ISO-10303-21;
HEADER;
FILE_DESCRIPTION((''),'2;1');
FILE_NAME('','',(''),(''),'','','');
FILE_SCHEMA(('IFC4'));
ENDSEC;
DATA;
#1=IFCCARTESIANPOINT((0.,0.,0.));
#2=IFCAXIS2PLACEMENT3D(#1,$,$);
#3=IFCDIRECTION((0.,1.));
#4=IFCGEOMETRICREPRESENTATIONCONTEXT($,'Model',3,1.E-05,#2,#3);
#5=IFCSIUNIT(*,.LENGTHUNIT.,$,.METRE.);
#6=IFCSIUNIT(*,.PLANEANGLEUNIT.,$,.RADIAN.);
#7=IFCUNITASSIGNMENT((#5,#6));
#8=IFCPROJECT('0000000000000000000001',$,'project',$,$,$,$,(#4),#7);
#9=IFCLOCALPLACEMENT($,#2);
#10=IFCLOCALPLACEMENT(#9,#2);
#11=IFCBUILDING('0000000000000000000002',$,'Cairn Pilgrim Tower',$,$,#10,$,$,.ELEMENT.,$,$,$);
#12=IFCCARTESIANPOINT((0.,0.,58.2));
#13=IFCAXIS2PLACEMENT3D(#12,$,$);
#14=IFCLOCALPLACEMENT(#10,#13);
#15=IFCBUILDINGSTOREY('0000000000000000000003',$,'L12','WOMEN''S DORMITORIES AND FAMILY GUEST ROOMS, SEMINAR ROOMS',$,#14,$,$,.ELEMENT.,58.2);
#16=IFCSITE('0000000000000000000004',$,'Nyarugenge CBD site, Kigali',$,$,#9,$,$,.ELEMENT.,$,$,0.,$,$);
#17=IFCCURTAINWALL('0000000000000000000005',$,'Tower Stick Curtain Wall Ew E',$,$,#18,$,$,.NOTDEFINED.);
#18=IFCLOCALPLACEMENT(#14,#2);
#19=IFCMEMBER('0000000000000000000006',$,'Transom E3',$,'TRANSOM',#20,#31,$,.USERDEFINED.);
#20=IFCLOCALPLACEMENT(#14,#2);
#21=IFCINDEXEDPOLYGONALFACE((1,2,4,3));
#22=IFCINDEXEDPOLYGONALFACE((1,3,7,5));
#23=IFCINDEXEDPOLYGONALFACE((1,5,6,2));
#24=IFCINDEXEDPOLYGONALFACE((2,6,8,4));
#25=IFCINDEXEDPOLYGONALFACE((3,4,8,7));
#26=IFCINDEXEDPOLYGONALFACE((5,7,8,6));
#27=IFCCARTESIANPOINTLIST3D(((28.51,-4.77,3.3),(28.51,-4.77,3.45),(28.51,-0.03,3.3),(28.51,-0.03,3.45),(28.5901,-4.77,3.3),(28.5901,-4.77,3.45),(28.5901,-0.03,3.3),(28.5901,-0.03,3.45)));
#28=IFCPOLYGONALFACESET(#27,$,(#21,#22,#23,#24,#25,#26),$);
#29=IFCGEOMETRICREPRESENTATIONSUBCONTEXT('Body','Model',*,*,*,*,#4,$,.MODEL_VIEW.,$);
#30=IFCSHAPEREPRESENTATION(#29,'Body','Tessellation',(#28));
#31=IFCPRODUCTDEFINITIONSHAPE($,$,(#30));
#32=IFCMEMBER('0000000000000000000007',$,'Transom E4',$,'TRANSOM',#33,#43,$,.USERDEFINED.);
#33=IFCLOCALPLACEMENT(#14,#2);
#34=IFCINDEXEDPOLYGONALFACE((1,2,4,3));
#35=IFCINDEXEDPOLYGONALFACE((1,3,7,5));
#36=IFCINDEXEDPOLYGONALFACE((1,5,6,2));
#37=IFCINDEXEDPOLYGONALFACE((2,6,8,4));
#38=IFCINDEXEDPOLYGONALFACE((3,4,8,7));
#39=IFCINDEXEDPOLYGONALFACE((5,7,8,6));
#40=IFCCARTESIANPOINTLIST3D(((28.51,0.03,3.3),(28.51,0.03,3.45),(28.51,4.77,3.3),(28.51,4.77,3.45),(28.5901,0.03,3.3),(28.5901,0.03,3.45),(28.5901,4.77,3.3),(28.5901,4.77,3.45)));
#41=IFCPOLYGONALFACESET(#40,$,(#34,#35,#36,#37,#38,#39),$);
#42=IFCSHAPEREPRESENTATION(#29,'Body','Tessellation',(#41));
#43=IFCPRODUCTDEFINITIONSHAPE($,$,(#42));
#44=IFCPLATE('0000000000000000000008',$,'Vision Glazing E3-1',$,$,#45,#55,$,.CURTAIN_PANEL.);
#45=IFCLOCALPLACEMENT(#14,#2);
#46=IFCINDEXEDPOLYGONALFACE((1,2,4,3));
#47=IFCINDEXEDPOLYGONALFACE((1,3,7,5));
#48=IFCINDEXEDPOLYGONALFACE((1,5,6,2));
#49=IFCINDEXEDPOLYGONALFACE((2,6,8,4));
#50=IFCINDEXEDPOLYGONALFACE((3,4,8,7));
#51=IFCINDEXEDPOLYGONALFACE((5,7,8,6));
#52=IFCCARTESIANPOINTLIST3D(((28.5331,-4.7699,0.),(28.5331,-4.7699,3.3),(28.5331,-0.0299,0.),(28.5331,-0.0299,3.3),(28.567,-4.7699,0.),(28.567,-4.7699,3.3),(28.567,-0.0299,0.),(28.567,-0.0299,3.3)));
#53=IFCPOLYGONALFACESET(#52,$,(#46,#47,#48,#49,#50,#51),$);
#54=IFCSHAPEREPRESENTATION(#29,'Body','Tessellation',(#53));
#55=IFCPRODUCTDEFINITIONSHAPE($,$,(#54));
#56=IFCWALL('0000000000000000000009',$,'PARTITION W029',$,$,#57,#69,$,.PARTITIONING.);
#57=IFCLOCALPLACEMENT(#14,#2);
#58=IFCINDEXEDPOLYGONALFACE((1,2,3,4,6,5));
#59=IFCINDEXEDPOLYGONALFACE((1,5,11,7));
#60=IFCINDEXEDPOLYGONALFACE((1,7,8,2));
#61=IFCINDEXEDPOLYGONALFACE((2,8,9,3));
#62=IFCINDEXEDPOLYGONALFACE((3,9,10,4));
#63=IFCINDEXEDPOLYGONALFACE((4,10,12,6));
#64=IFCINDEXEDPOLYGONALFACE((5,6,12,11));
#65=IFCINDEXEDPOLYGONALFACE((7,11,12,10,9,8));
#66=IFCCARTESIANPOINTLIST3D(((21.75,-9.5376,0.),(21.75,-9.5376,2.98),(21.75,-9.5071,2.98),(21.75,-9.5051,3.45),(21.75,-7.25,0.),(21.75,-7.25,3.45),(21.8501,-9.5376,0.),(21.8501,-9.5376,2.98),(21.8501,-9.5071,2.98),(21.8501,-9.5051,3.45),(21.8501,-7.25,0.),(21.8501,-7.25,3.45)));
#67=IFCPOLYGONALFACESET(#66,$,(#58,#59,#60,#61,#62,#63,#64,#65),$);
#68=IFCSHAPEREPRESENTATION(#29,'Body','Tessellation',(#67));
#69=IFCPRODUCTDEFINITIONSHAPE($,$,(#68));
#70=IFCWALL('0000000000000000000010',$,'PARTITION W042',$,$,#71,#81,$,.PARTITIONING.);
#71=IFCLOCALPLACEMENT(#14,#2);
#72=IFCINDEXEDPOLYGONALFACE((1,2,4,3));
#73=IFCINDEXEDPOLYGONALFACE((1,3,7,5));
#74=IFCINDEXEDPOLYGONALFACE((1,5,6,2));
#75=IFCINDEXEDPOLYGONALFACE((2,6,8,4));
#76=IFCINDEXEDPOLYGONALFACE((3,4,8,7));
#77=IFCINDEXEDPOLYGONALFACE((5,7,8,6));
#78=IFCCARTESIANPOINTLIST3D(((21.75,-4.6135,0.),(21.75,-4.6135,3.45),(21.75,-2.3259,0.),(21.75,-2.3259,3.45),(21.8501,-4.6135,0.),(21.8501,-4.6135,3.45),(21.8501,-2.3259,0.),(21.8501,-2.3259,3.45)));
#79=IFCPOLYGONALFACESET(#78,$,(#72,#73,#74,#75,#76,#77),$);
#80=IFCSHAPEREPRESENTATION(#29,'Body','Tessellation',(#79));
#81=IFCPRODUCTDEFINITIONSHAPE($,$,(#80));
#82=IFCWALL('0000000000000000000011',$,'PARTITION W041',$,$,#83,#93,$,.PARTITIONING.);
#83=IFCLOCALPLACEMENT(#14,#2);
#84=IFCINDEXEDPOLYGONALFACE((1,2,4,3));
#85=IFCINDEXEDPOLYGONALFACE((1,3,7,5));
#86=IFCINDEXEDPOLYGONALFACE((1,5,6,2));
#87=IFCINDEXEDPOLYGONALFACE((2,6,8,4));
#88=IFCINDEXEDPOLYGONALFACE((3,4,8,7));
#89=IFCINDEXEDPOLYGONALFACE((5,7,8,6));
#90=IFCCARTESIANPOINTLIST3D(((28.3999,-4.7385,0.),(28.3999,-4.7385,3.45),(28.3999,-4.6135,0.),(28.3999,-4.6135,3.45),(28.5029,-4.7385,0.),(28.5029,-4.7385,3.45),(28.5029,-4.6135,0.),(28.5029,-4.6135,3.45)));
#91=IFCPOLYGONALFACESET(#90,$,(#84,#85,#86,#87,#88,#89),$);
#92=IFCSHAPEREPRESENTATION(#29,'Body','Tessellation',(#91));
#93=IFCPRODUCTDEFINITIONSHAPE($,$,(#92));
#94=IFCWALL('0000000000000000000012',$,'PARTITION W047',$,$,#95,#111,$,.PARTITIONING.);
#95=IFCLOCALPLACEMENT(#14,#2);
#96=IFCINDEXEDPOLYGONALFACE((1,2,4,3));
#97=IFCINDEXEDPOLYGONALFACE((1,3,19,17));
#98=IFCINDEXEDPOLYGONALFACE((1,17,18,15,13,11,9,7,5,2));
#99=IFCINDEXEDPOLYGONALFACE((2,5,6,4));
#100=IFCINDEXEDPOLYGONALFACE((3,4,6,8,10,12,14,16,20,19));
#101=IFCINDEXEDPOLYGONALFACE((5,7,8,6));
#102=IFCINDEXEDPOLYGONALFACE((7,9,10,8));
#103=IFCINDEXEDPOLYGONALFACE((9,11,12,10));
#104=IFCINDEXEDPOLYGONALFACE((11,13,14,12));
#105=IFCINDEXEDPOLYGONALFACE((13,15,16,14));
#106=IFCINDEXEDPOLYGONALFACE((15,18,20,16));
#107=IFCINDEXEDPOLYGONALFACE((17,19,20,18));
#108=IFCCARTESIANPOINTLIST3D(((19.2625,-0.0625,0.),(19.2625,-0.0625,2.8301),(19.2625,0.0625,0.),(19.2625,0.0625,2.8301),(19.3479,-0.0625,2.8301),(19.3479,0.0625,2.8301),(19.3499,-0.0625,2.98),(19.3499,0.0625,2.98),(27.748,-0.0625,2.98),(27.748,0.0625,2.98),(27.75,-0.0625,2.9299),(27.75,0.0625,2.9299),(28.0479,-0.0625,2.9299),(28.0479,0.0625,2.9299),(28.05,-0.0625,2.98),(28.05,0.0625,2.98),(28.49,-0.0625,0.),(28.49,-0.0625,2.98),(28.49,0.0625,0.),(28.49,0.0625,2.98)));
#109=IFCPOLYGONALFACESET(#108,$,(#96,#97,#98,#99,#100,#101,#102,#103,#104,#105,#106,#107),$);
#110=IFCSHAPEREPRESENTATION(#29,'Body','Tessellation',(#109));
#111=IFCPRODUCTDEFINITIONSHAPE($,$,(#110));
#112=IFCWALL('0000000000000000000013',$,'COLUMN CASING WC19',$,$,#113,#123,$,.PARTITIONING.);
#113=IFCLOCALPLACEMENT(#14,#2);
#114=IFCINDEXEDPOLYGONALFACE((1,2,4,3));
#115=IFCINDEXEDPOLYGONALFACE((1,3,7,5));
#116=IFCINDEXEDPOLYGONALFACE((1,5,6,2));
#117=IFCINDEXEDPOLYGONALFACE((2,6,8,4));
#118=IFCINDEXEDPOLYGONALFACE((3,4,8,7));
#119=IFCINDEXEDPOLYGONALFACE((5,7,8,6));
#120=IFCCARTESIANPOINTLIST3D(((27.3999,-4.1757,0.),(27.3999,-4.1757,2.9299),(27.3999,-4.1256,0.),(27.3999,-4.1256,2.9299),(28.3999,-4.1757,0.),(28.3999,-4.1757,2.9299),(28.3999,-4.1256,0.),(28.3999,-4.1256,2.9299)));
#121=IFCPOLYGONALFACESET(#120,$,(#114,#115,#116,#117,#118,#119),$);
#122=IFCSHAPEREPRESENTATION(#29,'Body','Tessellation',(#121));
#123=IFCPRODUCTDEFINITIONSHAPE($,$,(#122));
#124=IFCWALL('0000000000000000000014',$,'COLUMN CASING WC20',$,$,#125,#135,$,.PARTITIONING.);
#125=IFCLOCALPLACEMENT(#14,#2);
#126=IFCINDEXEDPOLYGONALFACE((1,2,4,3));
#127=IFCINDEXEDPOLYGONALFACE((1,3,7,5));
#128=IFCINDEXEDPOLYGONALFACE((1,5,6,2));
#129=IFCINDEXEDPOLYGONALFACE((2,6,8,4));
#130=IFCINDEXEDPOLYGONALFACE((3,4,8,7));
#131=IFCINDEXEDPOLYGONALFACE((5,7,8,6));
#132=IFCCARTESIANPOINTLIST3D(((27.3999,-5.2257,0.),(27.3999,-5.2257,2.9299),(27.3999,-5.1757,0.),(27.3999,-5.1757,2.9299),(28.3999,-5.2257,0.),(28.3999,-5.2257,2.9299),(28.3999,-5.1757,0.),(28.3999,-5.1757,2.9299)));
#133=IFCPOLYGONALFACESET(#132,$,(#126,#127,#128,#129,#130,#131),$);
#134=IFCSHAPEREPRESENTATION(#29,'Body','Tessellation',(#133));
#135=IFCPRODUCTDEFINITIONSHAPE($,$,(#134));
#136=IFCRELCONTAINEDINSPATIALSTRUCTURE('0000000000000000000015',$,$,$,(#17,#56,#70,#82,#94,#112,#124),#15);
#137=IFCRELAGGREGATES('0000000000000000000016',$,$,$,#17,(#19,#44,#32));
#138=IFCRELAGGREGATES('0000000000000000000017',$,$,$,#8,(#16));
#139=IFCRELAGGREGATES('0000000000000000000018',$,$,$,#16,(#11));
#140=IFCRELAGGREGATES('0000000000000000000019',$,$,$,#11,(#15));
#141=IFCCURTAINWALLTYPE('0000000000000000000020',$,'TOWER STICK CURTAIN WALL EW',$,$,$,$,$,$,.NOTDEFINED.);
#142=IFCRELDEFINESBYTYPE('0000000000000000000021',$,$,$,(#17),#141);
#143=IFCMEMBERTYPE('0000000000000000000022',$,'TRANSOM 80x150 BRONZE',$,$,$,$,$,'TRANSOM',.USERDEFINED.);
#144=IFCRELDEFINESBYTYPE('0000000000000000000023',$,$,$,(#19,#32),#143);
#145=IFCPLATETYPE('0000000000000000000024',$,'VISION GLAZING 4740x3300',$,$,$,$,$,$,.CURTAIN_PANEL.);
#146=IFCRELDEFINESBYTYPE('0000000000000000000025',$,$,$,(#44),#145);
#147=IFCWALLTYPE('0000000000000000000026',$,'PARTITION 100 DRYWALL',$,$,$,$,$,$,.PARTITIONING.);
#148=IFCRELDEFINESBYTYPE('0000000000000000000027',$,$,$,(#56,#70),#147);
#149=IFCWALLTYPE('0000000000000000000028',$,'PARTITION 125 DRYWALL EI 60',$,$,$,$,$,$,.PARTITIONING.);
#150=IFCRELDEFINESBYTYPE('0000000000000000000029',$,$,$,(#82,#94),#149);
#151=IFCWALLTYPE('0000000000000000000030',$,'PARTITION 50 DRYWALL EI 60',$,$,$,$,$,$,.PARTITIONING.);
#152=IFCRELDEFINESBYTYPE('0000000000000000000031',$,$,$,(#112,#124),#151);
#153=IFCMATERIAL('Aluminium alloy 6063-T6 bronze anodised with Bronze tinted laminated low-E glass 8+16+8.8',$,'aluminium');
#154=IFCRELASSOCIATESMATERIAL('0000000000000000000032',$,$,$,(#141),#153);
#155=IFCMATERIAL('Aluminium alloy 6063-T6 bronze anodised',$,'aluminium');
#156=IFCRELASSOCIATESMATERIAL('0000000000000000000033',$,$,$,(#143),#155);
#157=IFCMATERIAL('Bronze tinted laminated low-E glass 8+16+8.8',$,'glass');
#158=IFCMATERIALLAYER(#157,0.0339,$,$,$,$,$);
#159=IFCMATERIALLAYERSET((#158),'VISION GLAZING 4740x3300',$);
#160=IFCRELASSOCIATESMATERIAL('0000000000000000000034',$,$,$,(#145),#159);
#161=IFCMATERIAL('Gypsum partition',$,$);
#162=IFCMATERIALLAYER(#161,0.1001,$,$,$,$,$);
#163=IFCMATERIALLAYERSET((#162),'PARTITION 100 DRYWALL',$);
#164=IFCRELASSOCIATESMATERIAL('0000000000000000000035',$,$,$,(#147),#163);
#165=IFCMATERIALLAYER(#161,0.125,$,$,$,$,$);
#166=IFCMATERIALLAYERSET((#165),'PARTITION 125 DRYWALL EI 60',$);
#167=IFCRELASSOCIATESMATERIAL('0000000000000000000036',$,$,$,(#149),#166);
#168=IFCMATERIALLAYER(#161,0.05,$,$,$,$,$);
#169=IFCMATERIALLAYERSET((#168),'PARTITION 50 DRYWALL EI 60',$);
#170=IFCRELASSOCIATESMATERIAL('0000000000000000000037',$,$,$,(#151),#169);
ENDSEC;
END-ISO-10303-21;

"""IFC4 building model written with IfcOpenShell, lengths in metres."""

from ifc_helpers import new_model, si_unit, direction, frame, frame_2d, origin, origin_2d, place, context, subcontext, project, spatial, polyline, rectangle, outline, extrude, material, layer, layer_set, material_profile, profile_set, type_object, element, aggregate, save


model = new_model("IFC4")

# Units and contexts
model_context = context("Model", 3, precision=1e-05, world=origin(), true_north=direction((0.0, 1.0)))
body_context = subcontext(model_context, "Body", "Model", "MODEL_VIEW")
ifc_project = project(units=[si_unit("LENGTHUNIT", "METRE"), si_unit("PLANEANGLEUNIT", "RADIAN")], contexts=[model_context])

# Site, building, storey
site_placement = place(None, origin())
site = spatial("IfcSite", under=ifc_project, at=site_placement, Name="Nyarugenge CBD site, Kigali", CompositionType="ELEMENT", RefElevation=0.0)
building_placement = place(site_placement, origin())
building = spatial("IfcBuilding", under=site, at=building_placement, Name="Cairn Pilgrim Tower", CompositionType="ELEMENT")
storey_placement = place(building_placement, frame((0.0, 0.0, 58.2)))
storey = spatial("IfcBuildingStorey", under=building, at=storey_placement, Name="L12", Description="WOMEN'S DORMITORIES AND FAMILY GUEST ROOMS, SEMINAR ROOMS", CompositionType="ELEMENT", Elevation=58.2)

# Curtain wall
ifc_material_1 = material(Name="Aluminium alloy 6063-T6 bronze anodised with Bronze tinted laminated low-E glass 8+16+8.8", Category="aluminium")
curtain_wall_type = type_object("IfcCurtainWallType", Name="TOWER STICK CURTAIN WALL EW", PredefinedType="NOTDEFINED", material=ifc_material_1)
curtain_wall_placement = place(storey_placement, origin())
curtain_wall = element("IfcCurtainWall", 1, at=curtain_wall_placement, inside=storey, type_object=curtain_wall_type, Name="Tower Stick Curtain Wall Ew E", PredefinedType="NOTDEFINED")
ifc_material_2 = material(Name="Aluminium alloy 6063-T6 bronze anodised", Category="aluminium")

# Members
ifc_material_profile_1 = material_profile(ifc_material_2, rectangle(XDim=0.0801, YDim=0.1499, at=origin_2d()), Name="TRANSOM 80x150 BRONZE")
ifc_profile_set_1 = profile_set([ifc_material_profile_1], Name="Aluminium alloy 6063-T6 bronze anodised")
member_type_1 = type_object("IfcMemberType", Name="TRANSOM 80x150 BRONZE", ElementType="TRANSOM", PredefinedType="USERDEFINED", material=ifc_profile_set_1)
member_1_placement = place(storey_placement, frame((28.55, -4.77, 3.375), z_axis=(0.0, 1.0, 0.0), x_axis=(-1.0, 0.0, 0.0)))
member_1 = element("IfcMember", 2, at=member_1_placement, type_object=member_type_1, Name="Transom E3", ObjectType="TRANSOM", PredefinedType="USERDEFINED", context=body_context, shape_type="SweptSolid", body=[
    extrude(rectangle(XDim=0.0801, YDim=0.1499, at=origin_2d()), origin(), (0.0, 0.0, 1.0), 4.74),
])
member_2_placement = place(storey_placement, frame((28.55, 0.03, 3.375), z_axis=(0.0, 1.0, 0.0), x_axis=(-1.0, 0.0, 0.0)))
member_2 = element("IfcMember", 3, at=member_2_placement, type_object=member_type_1, Name="Transom E4", ObjectType="TRANSOM", PredefinedType="USERDEFINED", context=body_context, shape_type="SweptSolid", body=[
    extrude(rectangle(XDim=0.0801, YDim=0.1499, at=origin_2d()), origin(), (0.0, 0.0, 1.0), 4.74),
])

# Plate
ifc_material_3 = material(Name="Bronze tinted laminated low-E glass 8+16+8.8", Category="glass")
ifc_layer_1 = layer(ifc_material_3, 0.0339)
ifc_layer_set_1 = layer_set([ifc_layer_1], Name="VISION GLAZING 4740x3300")
plate_type = type_object("IfcPlateType", Name="VISION GLAZING 4740x3300", PredefinedType="CURTAIN_PANEL", material=ifc_layer_set_1)
plate_placement = place(storey_placement, frame((28.55, -2.3999, 0.0), z_axis=(0.0, 0.0, 1.0), x_axis=(0.0, 1.0, 0.0)))
plate = element("IfcPlate", 4, at=plate_placement, type_object=plate_type, Name="Vision Glazing E3-1", PredefinedType="CURTAIN_PANEL", context=body_context, shape_type="SweptSolid", body=[
    extrude(rectangle(XDim=4.74, YDim=0.0339, at=origin_2d()), origin(), (0.0, 0.0, 1.0), 3.3),
])
aggregate(curtain_wall, [member_1, plate, member_2])

# Walls
ifc_material_4 = material(Name="Gypsum partition")
ifc_layer_2 = layer(ifc_material_4, 0.1001)
ifc_layer_set_2 = layer_set([ifc_layer_2], Name="PARTITION 100 DRYWALL")
wall_type_1 = type_object("IfcWallType", Name="PARTITION 100 DRYWALL", PredefinedType="PARTITIONING", material=ifc_layer_set_2)
wall_1_placement = place(storey_placement, frame((21.8, -9.5376, 0.0), z_axis=(0.0, 0.0, 1.0), x_axis=(0.0, 1.0, 0.0)))
element("IfcWall", 5, at=wall_1_placement, inside=storey, type_object=wall_type_1, Name="PARTITION W029", PredefinedType="PARTITIONING", context=body_context, shape_type="SweptSolid", body=[
    extrude(outline(polyline([(0.0, 0.0), (2.2876, 0.0), (2.2876, 3.45), (0.0325, 3.45), (0.0305, 2.98), (0.0, 2.98), (0.0, 0.0)])), frame((0.0, 0.05, 0.0), z_axis=(0.0, -1.0, 0.0), x_axis=(1.0, 0.0, 0.0)), (0.0, 0.0, 1.0), 0.1001),
])
wall_2_placement = place(storey_placement, frame((21.8, -4.6135, 0.0), z_axis=(0.0, 0.0, 1.0), x_axis=(0.0, 1.0, 0.0)))
element("IfcWall", 6, at=wall_2_placement, inside=storey, type_object=wall_type_1, Name="PARTITION W042", PredefinedType="PARTITIONING", context=body_context, shape_type="SweptSolid", body=[
    extrude(rectangle(XDim=2.2876, YDim=0.1001, at=frame_2d((1.1438, 0.0))), origin(), (0.0, 0.0, 1.0), 3.45),
])
ifc_layer_3 = layer(ifc_material_4, 0.125)
ifc_layer_set_3 = layer_set([ifc_layer_3], Name="PARTITION 125 DRYWALL EI 60")
wall_type_2 = type_object("IfcWallType", Name="PARTITION 125 DRYWALL EI 60", PredefinedType="PARTITIONING", material=ifc_layer_set_3)
wall_3_placement = place(storey_placement, frame((28.3999, -4.676, 0.0), z_axis=(0.0, 0.0, 1.0), x_axis=(1.0, 0.0, 0.0)))
element("IfcWall", 7, at=wall_3_placement, inside=storey, type_object=wall_type_2, Name="PARTITION W041", PredefinedType="PARTITIONING", context=body_context, shape_type="SweptSolid", body=[
    extrude(rectangle(XDim=0.103, YDim=0.125, at=frame_2d((0.0515, 0.0))), origin(), (0.0, 0.0, 1.0), 3.45),
])
wall_4_placement = place(storey_placement, frame((19.2625, 0.0, 0.0), z_axis=(0.0, 0.0, 1.0), x_axis=(1.0, 0.0, 0.0)))
element("IfcWall", 8, at=wall_4_placement, inside=storey, type_object=wall_type_2, Name="PARTITION W047", PredefinedType="PARTITIONING", context=body_context, shape_type="SweptSolid", body=[
    extrude(outline(polyline([(0.0, 0.0), (9.2275, 0.0), (9.2275, 2.98), (8.7876, 2.98), (8.7854, 2.9299), (8.4875, 2.9299), (8.4856, 2.98), (0.0874, 2.98), (0.0854, 2.8301), (0.0, 2.8301), (0.0, 0.0)])), frame((0.0, 0.0625, 0.0), z_axis=(0.0, -1.0, 0.0), x_axis=(1.0, 0.0, 0.0)), (0.0, 0.0, 1.0), 0.125),
])
ifc_layer_4 = layer(ifc_material_4, 0.05)
ifc_layer_set_4 = layer_set([ifc_layer_4], Name="PARTITION 50 DRYWALL EI 60")
wall_type_3 = type_object("IfcWallType", Name="PARTITION 50 DRYWALL EI 60", PredefinedType="PARTITIONING", material=ifc_layer_set_4)
for number, where, z_axis, x_axis, name in (
    (9, (27.3999, -4.1506, 0.0), (0.0, 0.0, 1.0), (1.0, 0.0, 0.0), "COLUMN CASING WC19"),
    (10, (27.3999, -5.2007, 0.0), (0.0, 0.0, 1.0), (1.0, 0.0, 0.0), "COLUMN CASING WC20"),
):
    element("IfcWall", number, at=place(storey_placement, frame(where, z_axis=z_axis, x_axis=x_axis)), inside=storey, type_object=wall_type_3, Name=name, PredefinedType="PARTITIONING", context=body_context, shape_type="SweptSolid", body=[
        extrude(rectangle(XDim=1.0, YDim=0.05, at=frame_2d((0.5, 0.0))), origin(), (0.0, 0.0, 1.0), 2.9299),
    ])

save(model, "model.ifc")
